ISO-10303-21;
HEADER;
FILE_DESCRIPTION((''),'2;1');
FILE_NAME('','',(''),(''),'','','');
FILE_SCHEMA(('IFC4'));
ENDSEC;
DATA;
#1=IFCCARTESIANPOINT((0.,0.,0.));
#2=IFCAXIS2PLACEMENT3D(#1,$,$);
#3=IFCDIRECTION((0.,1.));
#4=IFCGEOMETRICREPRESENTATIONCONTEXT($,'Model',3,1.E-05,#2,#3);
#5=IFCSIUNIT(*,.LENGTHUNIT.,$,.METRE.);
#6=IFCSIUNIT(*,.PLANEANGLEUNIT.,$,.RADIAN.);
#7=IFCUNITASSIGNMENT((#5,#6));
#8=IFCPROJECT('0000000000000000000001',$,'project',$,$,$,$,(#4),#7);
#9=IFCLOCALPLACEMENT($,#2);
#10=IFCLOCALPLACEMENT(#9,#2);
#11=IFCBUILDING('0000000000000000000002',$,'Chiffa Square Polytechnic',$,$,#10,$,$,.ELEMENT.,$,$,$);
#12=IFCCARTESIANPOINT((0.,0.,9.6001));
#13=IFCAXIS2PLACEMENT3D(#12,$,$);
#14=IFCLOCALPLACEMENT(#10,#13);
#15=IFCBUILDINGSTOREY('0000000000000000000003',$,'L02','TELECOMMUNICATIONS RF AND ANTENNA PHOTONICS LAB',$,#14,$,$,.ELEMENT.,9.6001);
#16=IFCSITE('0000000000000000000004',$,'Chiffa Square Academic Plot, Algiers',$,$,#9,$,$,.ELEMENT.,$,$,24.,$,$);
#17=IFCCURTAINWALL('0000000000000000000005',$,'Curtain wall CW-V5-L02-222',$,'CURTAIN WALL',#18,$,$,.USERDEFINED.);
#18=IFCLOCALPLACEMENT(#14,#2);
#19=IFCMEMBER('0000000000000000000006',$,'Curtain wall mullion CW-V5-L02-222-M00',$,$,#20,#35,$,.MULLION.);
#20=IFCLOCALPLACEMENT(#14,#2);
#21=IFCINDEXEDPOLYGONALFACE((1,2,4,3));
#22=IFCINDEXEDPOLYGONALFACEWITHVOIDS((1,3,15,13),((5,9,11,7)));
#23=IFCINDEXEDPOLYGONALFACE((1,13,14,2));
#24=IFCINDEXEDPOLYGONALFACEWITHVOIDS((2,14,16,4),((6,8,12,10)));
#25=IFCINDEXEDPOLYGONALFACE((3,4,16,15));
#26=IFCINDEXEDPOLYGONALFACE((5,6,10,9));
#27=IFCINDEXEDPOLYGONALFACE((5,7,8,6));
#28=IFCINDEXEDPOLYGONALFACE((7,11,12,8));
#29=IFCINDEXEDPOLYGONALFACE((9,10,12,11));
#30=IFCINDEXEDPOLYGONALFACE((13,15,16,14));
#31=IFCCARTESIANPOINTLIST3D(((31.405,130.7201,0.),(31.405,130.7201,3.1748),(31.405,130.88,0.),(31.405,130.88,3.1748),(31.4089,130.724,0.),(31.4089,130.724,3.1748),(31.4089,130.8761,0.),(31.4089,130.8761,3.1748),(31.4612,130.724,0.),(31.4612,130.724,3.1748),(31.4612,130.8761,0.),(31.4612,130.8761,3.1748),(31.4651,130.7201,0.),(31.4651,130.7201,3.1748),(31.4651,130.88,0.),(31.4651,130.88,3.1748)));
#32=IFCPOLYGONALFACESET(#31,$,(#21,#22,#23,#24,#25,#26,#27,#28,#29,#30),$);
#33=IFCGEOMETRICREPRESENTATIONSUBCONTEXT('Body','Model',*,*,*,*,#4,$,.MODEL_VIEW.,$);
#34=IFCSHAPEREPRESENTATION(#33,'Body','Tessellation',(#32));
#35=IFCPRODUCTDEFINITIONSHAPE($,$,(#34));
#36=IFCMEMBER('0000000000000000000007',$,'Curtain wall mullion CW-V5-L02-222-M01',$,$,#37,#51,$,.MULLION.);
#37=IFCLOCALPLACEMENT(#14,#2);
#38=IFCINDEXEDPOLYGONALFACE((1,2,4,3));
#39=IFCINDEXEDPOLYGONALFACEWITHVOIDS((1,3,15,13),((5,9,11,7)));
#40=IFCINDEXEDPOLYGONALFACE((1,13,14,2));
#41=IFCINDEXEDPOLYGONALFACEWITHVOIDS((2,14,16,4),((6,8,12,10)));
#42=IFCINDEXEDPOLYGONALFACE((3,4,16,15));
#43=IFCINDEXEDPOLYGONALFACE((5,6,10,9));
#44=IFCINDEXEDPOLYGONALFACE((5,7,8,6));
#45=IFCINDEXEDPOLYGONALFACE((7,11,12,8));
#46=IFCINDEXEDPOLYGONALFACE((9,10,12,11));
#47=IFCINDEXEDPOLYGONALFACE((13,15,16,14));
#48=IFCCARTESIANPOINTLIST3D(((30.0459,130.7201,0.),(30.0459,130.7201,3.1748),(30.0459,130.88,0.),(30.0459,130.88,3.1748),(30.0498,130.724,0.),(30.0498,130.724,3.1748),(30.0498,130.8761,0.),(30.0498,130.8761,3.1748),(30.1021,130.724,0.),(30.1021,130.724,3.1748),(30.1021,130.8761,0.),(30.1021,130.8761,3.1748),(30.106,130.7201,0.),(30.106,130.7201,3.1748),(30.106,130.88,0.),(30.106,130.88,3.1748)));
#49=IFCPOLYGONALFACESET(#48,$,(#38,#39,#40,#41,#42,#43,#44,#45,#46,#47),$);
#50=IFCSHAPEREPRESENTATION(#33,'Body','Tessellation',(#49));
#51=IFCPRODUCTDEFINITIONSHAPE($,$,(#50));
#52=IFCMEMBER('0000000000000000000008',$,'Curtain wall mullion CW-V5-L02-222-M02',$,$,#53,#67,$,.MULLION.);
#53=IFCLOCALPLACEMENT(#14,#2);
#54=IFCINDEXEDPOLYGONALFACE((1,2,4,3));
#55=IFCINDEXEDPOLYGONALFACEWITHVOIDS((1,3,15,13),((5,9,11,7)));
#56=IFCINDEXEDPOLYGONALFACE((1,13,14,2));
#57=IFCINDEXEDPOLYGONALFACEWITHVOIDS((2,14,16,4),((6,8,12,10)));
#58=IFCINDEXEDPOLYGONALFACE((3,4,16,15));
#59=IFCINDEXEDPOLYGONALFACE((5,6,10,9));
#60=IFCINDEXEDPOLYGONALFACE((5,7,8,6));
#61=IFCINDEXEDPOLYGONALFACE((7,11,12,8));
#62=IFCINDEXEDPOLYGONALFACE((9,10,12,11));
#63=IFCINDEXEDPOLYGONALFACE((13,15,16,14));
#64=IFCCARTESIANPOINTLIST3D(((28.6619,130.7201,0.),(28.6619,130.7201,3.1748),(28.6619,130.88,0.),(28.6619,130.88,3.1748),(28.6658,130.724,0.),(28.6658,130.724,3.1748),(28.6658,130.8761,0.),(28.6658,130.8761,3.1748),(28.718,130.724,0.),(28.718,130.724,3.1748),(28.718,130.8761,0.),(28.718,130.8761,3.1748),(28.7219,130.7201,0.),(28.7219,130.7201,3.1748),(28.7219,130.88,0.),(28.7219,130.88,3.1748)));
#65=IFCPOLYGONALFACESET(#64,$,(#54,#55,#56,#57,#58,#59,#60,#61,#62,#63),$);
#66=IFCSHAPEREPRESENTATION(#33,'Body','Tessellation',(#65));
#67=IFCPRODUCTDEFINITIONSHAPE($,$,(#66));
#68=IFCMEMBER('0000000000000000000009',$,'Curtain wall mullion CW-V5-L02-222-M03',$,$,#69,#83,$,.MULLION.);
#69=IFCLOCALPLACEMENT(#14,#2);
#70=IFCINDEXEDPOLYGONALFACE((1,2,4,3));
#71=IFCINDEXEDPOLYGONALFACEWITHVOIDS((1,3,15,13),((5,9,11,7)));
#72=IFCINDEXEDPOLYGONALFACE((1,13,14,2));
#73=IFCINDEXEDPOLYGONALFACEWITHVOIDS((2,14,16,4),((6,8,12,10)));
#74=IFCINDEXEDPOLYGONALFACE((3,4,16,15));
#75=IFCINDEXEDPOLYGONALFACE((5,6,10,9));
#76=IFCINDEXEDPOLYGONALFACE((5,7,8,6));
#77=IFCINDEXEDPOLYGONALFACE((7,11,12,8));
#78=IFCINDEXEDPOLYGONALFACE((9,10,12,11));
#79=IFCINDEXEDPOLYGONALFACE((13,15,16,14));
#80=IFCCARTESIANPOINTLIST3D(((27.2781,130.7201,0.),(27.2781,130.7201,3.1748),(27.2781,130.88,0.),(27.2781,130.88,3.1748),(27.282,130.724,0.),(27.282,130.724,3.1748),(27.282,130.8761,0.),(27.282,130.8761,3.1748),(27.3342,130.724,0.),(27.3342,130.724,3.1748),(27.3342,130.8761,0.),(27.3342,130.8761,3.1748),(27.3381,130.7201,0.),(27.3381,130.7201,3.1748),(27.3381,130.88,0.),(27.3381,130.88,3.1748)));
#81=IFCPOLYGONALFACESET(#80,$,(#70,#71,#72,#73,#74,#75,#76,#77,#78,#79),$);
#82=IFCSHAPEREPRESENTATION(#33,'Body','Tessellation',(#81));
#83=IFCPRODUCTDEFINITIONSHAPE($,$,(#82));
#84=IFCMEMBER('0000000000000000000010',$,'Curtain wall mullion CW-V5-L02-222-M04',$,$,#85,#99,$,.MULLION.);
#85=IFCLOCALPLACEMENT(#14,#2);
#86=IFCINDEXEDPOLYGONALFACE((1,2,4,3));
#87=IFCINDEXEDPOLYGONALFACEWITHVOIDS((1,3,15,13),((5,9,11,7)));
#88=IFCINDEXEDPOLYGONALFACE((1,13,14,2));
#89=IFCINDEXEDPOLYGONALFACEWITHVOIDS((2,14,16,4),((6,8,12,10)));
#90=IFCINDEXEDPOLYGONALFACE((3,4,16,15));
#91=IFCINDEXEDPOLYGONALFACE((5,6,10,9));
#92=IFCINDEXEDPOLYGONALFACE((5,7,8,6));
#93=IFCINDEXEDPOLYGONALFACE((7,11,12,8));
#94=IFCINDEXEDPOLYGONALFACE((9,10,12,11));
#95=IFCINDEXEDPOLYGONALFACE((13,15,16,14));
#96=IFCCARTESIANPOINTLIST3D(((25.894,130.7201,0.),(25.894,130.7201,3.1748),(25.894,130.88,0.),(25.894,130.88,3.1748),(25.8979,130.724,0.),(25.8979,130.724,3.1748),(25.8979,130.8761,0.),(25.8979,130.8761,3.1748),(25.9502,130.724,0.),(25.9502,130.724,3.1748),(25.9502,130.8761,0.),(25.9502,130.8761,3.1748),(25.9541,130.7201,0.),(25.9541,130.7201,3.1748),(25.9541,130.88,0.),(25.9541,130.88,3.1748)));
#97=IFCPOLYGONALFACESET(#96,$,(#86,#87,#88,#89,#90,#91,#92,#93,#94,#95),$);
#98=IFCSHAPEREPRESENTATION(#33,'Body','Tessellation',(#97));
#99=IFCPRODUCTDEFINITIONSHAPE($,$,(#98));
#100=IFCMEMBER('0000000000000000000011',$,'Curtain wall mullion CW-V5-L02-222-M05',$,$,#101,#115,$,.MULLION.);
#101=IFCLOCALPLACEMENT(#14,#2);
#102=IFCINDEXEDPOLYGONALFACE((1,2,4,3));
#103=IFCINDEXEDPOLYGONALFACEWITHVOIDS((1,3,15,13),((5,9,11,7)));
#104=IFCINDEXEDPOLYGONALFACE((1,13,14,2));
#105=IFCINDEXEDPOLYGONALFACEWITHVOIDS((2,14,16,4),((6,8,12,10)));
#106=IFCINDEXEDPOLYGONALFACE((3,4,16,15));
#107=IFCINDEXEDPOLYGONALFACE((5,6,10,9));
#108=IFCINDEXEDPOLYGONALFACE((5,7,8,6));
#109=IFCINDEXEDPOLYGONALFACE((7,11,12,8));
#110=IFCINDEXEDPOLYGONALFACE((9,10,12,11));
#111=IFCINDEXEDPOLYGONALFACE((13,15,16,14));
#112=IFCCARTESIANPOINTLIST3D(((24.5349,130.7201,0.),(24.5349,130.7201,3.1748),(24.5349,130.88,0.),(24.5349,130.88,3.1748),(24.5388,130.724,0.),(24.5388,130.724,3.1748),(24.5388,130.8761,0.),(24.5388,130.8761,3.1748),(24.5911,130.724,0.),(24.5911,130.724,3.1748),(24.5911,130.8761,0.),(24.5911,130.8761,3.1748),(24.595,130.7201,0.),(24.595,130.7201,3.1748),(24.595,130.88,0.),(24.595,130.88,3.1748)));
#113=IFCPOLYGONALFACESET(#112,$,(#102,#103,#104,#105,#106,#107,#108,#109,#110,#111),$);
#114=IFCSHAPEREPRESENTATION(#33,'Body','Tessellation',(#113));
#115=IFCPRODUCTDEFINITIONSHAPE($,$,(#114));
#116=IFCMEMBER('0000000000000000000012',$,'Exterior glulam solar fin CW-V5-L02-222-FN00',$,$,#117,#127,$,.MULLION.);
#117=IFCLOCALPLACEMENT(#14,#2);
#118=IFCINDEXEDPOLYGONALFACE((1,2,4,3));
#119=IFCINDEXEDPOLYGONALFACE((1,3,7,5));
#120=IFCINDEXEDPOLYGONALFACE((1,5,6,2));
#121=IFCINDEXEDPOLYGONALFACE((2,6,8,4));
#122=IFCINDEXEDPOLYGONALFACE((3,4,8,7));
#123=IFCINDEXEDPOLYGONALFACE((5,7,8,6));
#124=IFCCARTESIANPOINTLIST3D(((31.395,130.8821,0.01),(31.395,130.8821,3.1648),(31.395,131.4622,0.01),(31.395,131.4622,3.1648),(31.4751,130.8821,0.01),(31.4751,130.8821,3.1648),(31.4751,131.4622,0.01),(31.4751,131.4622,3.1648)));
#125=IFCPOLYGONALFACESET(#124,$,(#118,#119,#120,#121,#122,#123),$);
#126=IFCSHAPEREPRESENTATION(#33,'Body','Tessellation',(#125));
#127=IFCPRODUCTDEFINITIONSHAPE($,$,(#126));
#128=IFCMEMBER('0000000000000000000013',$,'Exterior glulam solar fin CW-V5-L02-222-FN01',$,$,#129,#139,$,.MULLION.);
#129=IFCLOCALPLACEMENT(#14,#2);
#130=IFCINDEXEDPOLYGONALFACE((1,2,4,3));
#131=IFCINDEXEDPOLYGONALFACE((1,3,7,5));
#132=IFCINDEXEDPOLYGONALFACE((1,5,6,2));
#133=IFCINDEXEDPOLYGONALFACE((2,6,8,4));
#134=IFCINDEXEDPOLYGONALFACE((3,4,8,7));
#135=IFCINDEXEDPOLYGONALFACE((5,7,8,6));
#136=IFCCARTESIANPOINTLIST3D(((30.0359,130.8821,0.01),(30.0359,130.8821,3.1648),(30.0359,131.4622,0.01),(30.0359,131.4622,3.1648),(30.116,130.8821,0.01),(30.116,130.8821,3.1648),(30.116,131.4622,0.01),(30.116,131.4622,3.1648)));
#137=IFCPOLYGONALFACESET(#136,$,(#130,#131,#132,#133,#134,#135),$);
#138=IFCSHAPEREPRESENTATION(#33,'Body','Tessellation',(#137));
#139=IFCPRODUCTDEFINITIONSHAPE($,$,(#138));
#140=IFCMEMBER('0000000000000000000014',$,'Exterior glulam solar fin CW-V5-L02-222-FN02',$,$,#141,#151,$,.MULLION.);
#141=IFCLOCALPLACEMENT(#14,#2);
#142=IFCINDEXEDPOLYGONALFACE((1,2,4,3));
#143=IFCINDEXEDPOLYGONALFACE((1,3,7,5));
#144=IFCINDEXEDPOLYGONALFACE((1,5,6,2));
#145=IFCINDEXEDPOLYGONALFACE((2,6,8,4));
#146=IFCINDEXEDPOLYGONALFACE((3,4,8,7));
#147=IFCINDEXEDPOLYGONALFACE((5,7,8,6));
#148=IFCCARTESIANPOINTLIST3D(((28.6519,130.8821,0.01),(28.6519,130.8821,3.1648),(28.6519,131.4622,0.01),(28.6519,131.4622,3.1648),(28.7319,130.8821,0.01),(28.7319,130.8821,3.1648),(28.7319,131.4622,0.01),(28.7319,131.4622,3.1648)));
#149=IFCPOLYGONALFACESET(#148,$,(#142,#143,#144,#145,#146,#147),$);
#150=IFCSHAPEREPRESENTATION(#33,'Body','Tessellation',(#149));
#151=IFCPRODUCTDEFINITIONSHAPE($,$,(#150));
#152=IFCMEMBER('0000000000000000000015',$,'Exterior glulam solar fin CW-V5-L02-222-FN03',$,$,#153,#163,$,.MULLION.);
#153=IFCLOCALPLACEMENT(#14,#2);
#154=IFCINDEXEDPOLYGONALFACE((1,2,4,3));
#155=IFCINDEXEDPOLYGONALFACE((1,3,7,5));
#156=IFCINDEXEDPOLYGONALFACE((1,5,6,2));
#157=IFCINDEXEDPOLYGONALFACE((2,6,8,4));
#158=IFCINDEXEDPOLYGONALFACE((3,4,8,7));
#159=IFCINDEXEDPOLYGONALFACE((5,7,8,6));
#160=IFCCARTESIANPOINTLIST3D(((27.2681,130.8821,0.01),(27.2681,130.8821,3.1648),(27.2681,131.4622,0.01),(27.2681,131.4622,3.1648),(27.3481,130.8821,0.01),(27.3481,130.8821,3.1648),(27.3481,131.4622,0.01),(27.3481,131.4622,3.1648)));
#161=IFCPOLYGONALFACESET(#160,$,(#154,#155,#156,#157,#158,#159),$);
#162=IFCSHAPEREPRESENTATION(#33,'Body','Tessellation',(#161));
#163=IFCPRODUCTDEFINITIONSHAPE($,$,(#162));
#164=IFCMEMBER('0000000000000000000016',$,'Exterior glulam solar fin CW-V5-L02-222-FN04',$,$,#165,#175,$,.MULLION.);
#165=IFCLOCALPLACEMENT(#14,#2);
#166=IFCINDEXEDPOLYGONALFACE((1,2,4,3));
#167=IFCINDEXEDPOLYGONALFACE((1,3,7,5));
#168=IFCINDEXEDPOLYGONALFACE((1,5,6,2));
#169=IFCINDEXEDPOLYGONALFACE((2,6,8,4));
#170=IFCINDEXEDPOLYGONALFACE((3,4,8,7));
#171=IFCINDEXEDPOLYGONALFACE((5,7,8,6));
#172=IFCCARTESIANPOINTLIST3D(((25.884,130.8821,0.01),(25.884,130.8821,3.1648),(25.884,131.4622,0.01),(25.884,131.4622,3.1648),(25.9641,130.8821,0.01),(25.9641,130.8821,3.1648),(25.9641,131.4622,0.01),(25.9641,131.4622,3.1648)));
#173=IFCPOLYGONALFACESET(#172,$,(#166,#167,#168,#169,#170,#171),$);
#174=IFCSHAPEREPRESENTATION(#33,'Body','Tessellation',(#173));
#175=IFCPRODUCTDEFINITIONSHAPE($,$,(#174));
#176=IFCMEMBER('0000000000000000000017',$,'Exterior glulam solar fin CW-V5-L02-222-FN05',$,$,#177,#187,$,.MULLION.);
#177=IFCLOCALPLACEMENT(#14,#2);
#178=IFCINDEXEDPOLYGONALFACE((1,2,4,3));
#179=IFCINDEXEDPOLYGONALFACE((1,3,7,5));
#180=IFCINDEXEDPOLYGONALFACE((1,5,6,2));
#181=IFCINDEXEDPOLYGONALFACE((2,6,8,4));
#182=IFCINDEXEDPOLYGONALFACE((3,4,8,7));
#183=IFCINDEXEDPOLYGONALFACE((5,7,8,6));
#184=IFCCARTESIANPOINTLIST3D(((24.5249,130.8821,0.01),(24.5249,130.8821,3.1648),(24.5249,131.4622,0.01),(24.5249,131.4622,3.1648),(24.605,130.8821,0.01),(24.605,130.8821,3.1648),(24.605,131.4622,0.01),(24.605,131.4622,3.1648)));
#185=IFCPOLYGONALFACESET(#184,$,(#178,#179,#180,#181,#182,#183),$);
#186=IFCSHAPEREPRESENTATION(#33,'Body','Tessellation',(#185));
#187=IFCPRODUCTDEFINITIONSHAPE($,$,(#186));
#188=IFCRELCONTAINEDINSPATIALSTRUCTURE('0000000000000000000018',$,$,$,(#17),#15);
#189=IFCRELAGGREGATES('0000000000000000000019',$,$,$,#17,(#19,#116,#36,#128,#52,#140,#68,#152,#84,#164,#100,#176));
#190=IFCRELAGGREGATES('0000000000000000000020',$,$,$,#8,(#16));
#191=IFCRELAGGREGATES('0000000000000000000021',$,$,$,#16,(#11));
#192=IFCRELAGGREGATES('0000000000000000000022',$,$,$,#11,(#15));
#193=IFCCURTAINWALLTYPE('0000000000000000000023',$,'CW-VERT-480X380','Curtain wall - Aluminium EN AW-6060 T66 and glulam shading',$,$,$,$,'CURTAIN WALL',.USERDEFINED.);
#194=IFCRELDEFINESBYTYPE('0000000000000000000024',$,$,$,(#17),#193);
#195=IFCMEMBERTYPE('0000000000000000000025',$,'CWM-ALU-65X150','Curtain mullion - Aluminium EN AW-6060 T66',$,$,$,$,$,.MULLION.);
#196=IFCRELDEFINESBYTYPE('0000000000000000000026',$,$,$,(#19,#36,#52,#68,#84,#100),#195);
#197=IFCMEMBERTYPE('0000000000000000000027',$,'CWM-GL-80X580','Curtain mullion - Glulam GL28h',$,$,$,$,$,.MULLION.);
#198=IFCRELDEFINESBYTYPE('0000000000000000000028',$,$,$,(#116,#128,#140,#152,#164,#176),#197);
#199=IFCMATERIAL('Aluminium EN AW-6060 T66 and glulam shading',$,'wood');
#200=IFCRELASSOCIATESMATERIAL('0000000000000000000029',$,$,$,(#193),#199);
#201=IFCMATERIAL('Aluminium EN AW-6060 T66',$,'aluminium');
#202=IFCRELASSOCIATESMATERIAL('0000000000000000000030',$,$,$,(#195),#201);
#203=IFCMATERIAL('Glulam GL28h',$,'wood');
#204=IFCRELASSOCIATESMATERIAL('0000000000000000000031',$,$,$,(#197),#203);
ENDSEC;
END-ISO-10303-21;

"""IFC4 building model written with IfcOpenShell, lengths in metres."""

from ifc_helpers import new_model, si_unit, direction, frame, origin, origin_2d, place, context, subcontext, project, spatial, rectangle, hollow_rectangle, extrude, material, material_profile, profile_set, type_object, element, aggregate, save


model = new_model("IFC4")

# Units and contexts
model_context = context("Model", 3, precision=1e-05, world=origin(), true_north=direction((0.0, 1.0)))
body_context = subcontext(model_context, "Body", "Model", "MODEL_VIEW")
ifc_project = project(units=[si_unit("LENGTHUNIT", "METRE"), si_unit("PLANEANGLEUNIT", "RADIAN")], contexts=[model_context])

# Site, building, storey
site_placement = place(None, origin())
site = spatial("IfcSite", under=ifc_project, at=site_placement, Name="Chiffa Square Academic Plot, Algiers", CompositionType="ELEMENT", RefElevation=24.0)
building_placement = place(site_placement, origin())
building = spatial("IfcBuilding", under=site, at=building_placement, Name="Chiffa Square Polytechnic", CompositionType="ELEMENT")
storey_placement = place(building_placement, frame((0.0, 0.0, 9.6001)))
storey = spatial("IfcBuildingStorey", under=building, at=storey_placement, Name="L02", Description="TELECOMMUNICATIONS RF AND ANTENNA PHOTONICS LAB", CompositionType="ELEMENT", Elevation=9.6001)

# Curtain wall, members
ifc_material_1 = material(Name="Aluminium EN AW-6060 T66 and glulam shading", Category="wood")
curtain_wall_type = type_object("IfcCurtainWallType", Name="CW-VERT-480X380", Description="Curtain wall - Aluminium EN AW-6060 T66 and glulam shading", ElementType="CURTAIN WALL", PredefinedType="USERDEFINED", material=ifc_material_1)
curtain_wall_placement = place(storey_placement, origin())
curtain_wall = element("IfcCurtainWall", 1, at=curtain_wall_placement, inside=storey, type_object=curtain_wall_type, Name="Curtain wall CW-V5-L02-222", ObjectType="CURTAIN WALL", PredefinedType="USERDEFINED")
ifc_material_2 = material(Name="Aluminium EN AW-6060 T66", Category="aluminium")
ifc_material_profile_1 = material_profile(ifc_material_2, hollow_rectangle(XDim=0.0601, YDim=0.1599, WallThickness=0.0039, at=origin_2d()), Name="ALU 60x160x4")
ifc_profile_set_1 = profile_set([ifc_material_profile_1], Name="Aluminium EN AW-6060 T66")
member_type_1 = type_object("IfcMemberType", Name="CWM-ALU-65X150", Description="Curtain mullion - Aluminium EN AW-6060 T66", PredefinedType="MULLION", material=ifc_profile_set_1)
member_1_placement = place(storey_placement, frame((31.4351, 130.8, 0.0), z_axis=(0.0, 0.0, 1.0), x_axis=(1.0, 0.0, 0.0)))
member_1 = element("IfcMember", 2, at=member_1_placement, type_object=member_type_1, Name="Curtain wall mullion CW-V5-L02-222-M00", PredefinedType="MULLION", context=body_context, shape_type="SweptSolid", body=[
    extrude(hollow_rectangle(XDim=0.0601, YDim=0.1599, WallThickness=0.0039, at=origin_2d()), origin(), (0.0, 0.0, 1.0), 3.1748),
])
member_2_placement = place(storey_placement, frame((30.0759, 130.8, 0.0), z_axis=(0.0, 0.0, 1.0), x_axis=(1.0, 0.0, 0.0)))
member_2 = element("IfcMember", 3, at=member_2_placement, type_object=member_type_1, Name="Curtain wall mullion CW-V5-L02-222-M01", PredefinedType="MULLION", context=body_context, shape_type="SweptSolid", body=[
    extrude(hollow_rectangle(XDim=0.0601, YDim=0.1599, WallThickness=0.0039, at=origin_2d()), origin(), (0.0, 0.0, 1.0), 3.1748),
])
member_3_placement = place(storey_placement, frame((28.6919, 130.8, 0.0), z_axis=(0.0, 0.0, 1.0), x_axis=(1.0, 0.0, 0.0)))
member_3 = element("IfcMember", 4, at=member_3_placement, type_object=member_type_1, Name="Curtain wall mullion CW-V5-L02-222-M02", PredefinedType="MULLION", context=body_context, shape_type="SweptSolid", body=[
    extrude(hollow_rectangle(XDim=0.0601, YDim=0.1599, WallThickness=0.0039, at=origin_2d()), origin(), (0.0, 0.0, 1.0), 3.1748),
])
member_4_placement = place(storey_placement, frame((27.3081, 130.8, 0.0), z_axis=(0.0, 0.0, 1.0), x_axis=(1.0, 0.0, 0.0)))
member_4 = element("IfcMember", 5, at=member_4_placement, type_object=member_type_1, Name="Curtain wall mullion CW-V5-L02-222-M03", PredefinedType="MULLION", context=body_context, shape_type="SweptSolid", body=[
    extrude(hollow_rectangle(XDim=0.0601, YDim=0.1599, WallThickness=0.0039, at=origin_2d()), origin(), (0.0, 0.0, 1.0), 3.1748),
])
member_5_placement = place(storey_placement, frame((25.9241, 130.8, 0.0), z_axis=(0.0, 0.0, 1.0), x_axis=(1.0, 0.0, 0.0)))
member_5 = element("IfcMember", 6, at=member_5_placement, type_object=member_type_1, Name="Curtain wall mullion CW-V5-L02-222-M04", PredefinedType="MULLION", context=body_context, shape_type="SweptSolid", body=[
    extrude(hollow_rectangle(XDim=0.0601, YDim=0.1599, WallThickness=0.0039, at=origin_2d()), origin(), (0.0, 0.0, 1.0), 3.1748),
])
member_6_placement = place(storey_placement, frame((24.5649, 130.8, 0.0), z_axis=(0.0, 0.0, 1.0), x_axis=(1.0, 0.0, 0.0)))
member_6 = element("IfcMember", 7, at=member_6_placement, type_object=member_type_1, Name="Curtain wall mullion CW-V5-L02-222-M05", PredefinedType="MULLION", context=body_context, shape_type="SweptSolid", body=[
    extrude(hollow_rectangle(XDim=0.0601, YDim=0.1599, WallThickness=0.0039, at=origin_2d()), origin(), (0.0, 0.0, 1.0), 3.1748),
])
ifc_material_3 = material(Name="Glulam GL28h", Category="wood")
ifc_material_profile_2 = material_profile(ifc_material_3, rectangle(XDim=0.0801, YDim=0.5801, at=origin_2d()), Name="GL28h 80x580")
ifc_profile_set_2 = profile_set([ifc_material_profile_2], Name="Glulam GL28h")
member_type_2 = type_object("IfcMemberType", Name="CWM-GL-80X580", Description="Curtain mullion - Glulam GL28h", PredefinedType="MULLION", material=ifc_profile_set_2)
member_7_placement = place(storey_placement, frame((31.4351, 131.1721, 0.01), z_axis=(0.0, 0.0, 1.0), x_axis=(-1.0, 0.0, 0.0)))
member_7 = element("IfcMember", 8, at=member_7_placement, type_object=member_type_2, Name="Exterior glulam solar fin CW-V5-L02-222-FN00", PredefinedType="MULLION", context=body_context, shape_type="SweptSolid", body=[
    extrude(rectangle(XDim=0.0801, YDim=0.5801, at=origin_2d()), origin(), (0.0, 0.0, 1.0), 3.1548),
])
member_8_placement = place(storey_placement, frame((30.0759, 131.1721, 0.01), z_axis=(0.0, 0.0, 1.0), x_axis=(-1.0, 0.0, 0.0)))
member_8 = element("IfcMember", 9, at=member_8_placement, type_object=member_type_2, Name="Exterior glulam solar fin CW-V5-L02-222-FN01", PredefinedType="MULLION", context=body_context, shape_type="SweptSolid", body=[
    extrude(rectangle(XDim=0.0801, YDim=0.5801, at=origin_2d()), origin(), (0.0, 0.0, 1.0), 3.1548),
])
member_9_placement = place(storey_placement, frame((28.6919, 131.1721, 0.01), z_axis=(0.0, 0.0, 1.0), x_axis=(-1.0, 0.0, 0.0)))
member_9 = element("IfcMember", 10, at=member_9_placement, type_object=member_type_2, Name="Exterior glulam solar fin CW-V5-L02-222-FN02", PredefinedType="MULLION", context=body_context, shape_type="SweptSolid", body=[
    extrude(rectangle(XDim=0.0801, YDim=0.5801, at=origin_2d()), origin(), (0.0, 0.0, 1.0), 3.1548),
])
member_10_placement = place(storey_placement, frame((27.3081, 131.1721, 0.01), z_axis=(0.0, 0.0, 1.0), x_axis=(-1.0, 0.0, 0.0)))
member_10 = element("IfcMember", 11, at=member_10_placement, type_object=member_type_2, Name="Exterior glulam solar fin CW-V5-L02-222-FN03", PredefinedType="MULLION", context=body_context, shape_type="SweptSolid", body=[
    extrude(rectangle(XDim=0.0801, YDim=0.5801, at=origin_2d()), origin(), (0.0, 0.0, 1.0), 3.1548),
])
member_11_placement = place(storey_placement, frame((25.9241, 131.1721, 0.01), z_axis=(0.0, 0.0, 1.0), x_axis=(-1.0, 0.0, 0.0)))
member_11 = element("IfcMember", 12, at=member_11_placement, type_object=member_type_2, Name="Exterior glulam solar fin CW-V5-L02-222-FN04", PredefinedType="MULLION", context=body_context, shape_type="SweptSolid", body=[
    extrude(rectangle(XDim=0.0801, YDim=0.5801, at=origin_2d()), origin(), (0.0, 0.0, 1.0), 3.1548),
])
member_12_placement = place(storey_placement, frame((24.5649, 131.1721, 0.01), z_axis=(0.0, 0.0, 1.0), x_axis=(-1.0, 0.0, 0.0)))
member_12 = element("IfcMember", 13, at=member_12_placement, type_object=member_type_2, Name="Exterior glulam solar fin CW-V5-L02-222-FN05", PredefinedType="MULLION", context=body_context, shape_type="SweptSolid", body=[
    extrude(rectangle(XDim=0.0801, YDim=0.5801, at=origin_2d()), origin(), (0.0, 0.0, 1.0), 3.1548),
])
aggregate(curtain_wall, [member_1, member_7, member_2, member_8, member_3, member_9, member_4, member_10, member_5, member_11, member_6, member_12])

save(model, "model.ifc")
